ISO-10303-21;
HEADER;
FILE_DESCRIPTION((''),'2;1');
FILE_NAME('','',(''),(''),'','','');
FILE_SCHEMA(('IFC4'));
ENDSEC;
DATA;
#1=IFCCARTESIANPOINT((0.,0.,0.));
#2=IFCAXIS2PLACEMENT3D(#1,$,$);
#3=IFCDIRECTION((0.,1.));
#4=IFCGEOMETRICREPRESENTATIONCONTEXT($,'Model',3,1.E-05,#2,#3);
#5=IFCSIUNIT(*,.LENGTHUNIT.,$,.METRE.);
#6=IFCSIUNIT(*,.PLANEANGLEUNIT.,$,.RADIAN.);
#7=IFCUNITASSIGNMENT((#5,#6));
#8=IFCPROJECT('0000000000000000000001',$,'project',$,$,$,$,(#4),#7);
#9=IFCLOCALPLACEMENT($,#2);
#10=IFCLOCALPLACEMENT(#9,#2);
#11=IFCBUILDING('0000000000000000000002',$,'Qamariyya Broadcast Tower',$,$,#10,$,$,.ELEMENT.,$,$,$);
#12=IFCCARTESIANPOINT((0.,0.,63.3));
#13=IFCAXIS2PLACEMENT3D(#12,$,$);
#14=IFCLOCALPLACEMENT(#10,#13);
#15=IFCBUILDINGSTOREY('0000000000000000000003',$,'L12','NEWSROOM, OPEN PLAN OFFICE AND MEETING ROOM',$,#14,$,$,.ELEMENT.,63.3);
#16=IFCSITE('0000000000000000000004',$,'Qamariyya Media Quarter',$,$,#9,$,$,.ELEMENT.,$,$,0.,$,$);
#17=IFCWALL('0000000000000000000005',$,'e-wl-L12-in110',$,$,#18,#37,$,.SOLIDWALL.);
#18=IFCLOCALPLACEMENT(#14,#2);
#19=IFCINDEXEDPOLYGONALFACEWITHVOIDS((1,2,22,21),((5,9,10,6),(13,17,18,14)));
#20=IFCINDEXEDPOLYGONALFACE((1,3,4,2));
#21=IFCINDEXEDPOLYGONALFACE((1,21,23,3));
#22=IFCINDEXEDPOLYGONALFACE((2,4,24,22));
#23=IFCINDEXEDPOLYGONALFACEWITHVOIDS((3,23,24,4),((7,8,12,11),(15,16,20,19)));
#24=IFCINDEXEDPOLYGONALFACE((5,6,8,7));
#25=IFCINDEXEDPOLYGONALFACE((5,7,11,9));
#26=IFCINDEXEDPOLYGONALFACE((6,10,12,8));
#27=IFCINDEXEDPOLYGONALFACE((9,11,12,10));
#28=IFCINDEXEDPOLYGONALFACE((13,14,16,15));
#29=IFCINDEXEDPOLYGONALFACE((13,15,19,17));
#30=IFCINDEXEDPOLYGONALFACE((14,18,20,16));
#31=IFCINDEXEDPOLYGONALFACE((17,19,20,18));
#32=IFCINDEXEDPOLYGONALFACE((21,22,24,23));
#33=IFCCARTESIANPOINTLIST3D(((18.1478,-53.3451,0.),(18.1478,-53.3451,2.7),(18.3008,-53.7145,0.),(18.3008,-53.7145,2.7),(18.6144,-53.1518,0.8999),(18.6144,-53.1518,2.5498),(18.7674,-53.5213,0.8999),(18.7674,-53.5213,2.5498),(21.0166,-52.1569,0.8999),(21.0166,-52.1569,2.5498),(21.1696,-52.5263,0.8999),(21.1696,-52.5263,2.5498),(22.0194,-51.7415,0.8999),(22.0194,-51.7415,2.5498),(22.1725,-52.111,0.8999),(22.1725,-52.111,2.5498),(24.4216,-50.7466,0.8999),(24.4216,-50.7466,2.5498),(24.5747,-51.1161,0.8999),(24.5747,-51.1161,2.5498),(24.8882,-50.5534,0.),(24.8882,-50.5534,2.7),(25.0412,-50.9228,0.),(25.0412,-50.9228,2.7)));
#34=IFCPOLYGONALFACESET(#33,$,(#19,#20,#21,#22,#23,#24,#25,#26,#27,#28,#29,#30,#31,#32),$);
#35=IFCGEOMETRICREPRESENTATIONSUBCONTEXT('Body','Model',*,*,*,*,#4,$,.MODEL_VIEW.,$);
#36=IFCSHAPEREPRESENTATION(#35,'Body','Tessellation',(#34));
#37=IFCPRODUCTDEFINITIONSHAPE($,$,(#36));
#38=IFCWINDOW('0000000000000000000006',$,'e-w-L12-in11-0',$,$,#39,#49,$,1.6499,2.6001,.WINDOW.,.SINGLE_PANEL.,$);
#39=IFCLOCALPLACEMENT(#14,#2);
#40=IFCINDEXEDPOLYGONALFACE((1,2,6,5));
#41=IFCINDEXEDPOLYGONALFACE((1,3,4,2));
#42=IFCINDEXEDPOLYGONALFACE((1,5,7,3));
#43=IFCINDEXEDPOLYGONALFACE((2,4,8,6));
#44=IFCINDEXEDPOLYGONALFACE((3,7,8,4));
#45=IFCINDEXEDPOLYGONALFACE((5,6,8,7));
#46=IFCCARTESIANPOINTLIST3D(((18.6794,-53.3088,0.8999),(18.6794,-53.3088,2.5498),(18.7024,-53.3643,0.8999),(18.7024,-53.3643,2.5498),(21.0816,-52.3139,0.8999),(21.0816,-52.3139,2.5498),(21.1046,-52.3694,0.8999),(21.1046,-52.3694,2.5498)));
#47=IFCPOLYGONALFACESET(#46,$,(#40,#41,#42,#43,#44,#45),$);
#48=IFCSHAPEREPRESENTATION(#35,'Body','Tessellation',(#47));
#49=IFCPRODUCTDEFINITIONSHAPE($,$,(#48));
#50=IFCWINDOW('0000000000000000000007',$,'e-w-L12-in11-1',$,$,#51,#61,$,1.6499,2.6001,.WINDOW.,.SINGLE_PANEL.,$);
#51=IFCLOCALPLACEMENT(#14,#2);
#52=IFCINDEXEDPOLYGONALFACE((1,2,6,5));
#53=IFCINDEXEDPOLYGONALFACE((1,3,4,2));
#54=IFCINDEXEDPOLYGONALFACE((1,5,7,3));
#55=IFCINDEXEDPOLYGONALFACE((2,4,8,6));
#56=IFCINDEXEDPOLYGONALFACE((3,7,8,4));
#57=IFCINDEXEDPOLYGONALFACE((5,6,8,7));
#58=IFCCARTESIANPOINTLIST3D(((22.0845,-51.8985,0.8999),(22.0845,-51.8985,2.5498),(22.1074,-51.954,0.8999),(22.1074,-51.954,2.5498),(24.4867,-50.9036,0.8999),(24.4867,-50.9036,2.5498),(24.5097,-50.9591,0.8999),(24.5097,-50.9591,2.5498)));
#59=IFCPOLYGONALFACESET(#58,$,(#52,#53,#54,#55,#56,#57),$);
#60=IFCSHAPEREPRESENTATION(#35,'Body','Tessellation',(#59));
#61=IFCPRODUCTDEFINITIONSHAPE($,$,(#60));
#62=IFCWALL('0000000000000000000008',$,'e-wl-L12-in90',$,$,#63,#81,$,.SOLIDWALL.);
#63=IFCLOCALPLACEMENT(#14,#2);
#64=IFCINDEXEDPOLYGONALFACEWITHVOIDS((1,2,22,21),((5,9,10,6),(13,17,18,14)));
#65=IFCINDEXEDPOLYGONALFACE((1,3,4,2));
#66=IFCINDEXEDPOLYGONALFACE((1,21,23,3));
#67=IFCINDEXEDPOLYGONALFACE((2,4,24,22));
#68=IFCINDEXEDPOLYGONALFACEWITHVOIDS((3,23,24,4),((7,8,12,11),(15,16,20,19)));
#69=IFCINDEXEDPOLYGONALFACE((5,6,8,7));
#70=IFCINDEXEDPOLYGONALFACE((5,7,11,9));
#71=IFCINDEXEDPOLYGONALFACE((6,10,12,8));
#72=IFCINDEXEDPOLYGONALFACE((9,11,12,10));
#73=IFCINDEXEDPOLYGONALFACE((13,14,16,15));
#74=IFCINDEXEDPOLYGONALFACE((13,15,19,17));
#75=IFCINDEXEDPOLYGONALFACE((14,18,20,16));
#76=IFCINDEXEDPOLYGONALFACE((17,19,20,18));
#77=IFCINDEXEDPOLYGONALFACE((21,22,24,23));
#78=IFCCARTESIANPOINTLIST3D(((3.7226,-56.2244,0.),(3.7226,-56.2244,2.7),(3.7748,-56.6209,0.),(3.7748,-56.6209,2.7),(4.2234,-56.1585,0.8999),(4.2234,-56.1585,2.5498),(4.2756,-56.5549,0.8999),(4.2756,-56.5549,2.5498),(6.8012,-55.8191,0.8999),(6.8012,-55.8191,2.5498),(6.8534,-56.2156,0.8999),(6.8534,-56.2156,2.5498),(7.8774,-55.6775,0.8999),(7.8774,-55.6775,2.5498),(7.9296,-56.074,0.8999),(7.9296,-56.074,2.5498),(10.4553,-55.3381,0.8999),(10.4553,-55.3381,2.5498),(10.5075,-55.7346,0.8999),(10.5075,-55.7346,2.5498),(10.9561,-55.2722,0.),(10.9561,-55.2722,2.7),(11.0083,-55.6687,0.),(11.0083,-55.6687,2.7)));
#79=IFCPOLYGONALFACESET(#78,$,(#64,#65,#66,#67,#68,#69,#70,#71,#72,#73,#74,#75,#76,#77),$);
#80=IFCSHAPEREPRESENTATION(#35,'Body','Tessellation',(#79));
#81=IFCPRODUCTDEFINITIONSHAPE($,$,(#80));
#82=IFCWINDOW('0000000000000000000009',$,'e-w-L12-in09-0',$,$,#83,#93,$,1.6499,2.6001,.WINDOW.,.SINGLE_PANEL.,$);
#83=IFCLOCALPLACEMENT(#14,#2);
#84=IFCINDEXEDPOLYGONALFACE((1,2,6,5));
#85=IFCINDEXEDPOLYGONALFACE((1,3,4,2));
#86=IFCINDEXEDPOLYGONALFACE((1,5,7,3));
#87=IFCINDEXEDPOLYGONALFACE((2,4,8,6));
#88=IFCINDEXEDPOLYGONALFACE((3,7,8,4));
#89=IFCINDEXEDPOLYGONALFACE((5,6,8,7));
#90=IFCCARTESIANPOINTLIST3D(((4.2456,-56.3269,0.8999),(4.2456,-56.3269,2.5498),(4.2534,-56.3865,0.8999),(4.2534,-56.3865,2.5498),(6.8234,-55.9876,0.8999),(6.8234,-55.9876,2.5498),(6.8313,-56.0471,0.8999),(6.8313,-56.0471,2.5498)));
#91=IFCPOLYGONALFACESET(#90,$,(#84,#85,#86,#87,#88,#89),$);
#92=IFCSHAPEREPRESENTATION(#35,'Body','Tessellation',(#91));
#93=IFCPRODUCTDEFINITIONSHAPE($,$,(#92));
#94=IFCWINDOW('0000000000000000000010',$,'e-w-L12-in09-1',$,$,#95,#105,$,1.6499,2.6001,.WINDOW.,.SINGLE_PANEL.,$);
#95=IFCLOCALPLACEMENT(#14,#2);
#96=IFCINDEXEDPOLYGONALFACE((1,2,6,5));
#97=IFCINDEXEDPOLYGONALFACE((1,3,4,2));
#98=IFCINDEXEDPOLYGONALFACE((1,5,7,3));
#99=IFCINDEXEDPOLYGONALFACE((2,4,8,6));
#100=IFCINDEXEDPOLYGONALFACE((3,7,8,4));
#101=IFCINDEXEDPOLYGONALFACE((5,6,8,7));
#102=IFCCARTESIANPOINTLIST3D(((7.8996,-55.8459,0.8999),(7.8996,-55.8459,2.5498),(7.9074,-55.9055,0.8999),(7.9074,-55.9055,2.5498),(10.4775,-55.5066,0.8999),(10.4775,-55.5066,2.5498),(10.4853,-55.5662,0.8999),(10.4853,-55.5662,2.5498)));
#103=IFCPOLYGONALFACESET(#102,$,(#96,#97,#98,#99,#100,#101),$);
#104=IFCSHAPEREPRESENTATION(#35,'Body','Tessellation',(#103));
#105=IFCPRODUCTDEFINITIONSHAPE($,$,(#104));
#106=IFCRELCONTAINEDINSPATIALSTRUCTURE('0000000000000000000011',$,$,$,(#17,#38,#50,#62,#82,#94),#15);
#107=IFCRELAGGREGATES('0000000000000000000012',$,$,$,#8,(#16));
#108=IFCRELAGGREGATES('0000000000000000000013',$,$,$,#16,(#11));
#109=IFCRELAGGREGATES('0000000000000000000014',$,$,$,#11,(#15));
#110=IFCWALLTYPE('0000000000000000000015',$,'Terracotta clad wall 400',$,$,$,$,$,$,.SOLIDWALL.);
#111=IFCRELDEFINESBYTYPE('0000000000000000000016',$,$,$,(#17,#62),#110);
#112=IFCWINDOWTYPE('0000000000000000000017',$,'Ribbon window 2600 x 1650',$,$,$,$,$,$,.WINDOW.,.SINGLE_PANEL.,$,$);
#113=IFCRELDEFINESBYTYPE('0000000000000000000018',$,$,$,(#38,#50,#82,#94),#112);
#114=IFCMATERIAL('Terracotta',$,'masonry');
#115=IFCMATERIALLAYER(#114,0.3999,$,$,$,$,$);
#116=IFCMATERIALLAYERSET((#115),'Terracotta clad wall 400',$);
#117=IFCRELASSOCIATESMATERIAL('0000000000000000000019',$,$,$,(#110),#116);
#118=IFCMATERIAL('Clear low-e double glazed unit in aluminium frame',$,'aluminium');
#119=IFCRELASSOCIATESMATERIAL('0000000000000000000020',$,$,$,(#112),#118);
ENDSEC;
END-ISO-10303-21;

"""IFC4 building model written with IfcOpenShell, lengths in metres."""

from ifc_helpers import new_model, si_unit, direction, frame, frame_2d, origin, place, context, subcontext, project, spatial, rectangle, extrude, material, layer, layer_set, type_object, element, fill, save


model = new_model("IFC4")

# Units and contexts
model_context = context("Model", 3, precision=1e-05, world=origin(), true_north=direction((0.0, 1.0)))
body_context = subcontext(model_context, "Body", "Model", "MODEL_VIEW")
ifc_project = project(units=[si_unit("LENGTHUNIT", "METRE"), si_unit("PLANEANGLEUNIT", "RADIAN")], contexts=[model_context])

# Site, building, storey
site_placement = place(None, origin())
site = spatial("IfcSite", under=ifc_project, at=site_placement, Name="Qamariyya Media Quarter", CompositionType="ELEMENT", RefElevation=0.0)
building_placement = place(site_placement, origin())
building = spatial("IfcBuilding", under=site, at=building_placement, Name="Qamariyya Broadcast Tower", CompositionType="ELEMENT")
storey_placement = place(building_placement, frame((0.0, 0.0, 63.3)))
storey = spatial("IfcBuildingStorey", under=building, at=storey_placement, Name="L12", Description="NEWSROOM, OPEN PLAN OFFICE AND MEETING ROOM", CompositionType="ELEMENT", Elevation=63.3)

# Walls, openings, windows
ifc_material_1 = material(Name="Terracotta", Category="masonry")
ifc_layer_1 = layer(ifc_material_1, 0.3999)
ifc_layer_set_1 = layer_set([ifc_layer_1], Name="Terracotta clad wall 400")
wall_type_1 = type_object("IfcWallType", Name="Terracotta clad wall 400", PredefinedType="SOLIDWALL", material=ifc_layer_set_1)
ifc_material_2 = material(Name="Clear low-e double glazed unit in aluminium frame", Category="aluminium")
window_type = type_object("IfcWindowType", Name="Ribbon window 2600 x 1650", PartitioningType="SINGLE_PANEL", PredefinedType="WINDOW", material=ifc_material_2)
wall_1_placement = place(storey_placement, frame((24.9648, -50.738, 0.0), z_axis=(0.0, 0.0, 1.0), x_axis=(-0.923892, -0.382654, 0.0)))
wall_1 = element("IfcWall", 1, at=wall_1_placement, inside=storey, type_object=wall_type_1, Name="e-wl-L12-in110", PredefinedType="SOLIDWALL", context=body_context, shape_type="SweptSolid", body=[
    extrude(rectangle(XDim=7.2957, YDim=0.3999, at=frame_2d((3.6479, 0.0))), origin(), (0.0, 0.0, 1.0), 2.7),
])
opening_1_placement = place(wall_1_placement, frame((4.1907, 0.0, 0.8999)))
opening_1 = element("IfcOpeningElement", 2, at=opening_1_placement, cuts=wall_1, PredefinedType="OPENING", context=body_context, shape_type="SweptSolid", body=[
    extrude(rectangle(XDim=2.6001, YDim=1.6499, at=frame_2d((1.3, 0.825))), frame((0.0, 0.21, 0.0), z_axis=(0.0, -1.0, 0.0), x_axis=(1.0, 0.0, 0.0)), (0.0, 0.0, 1.0), 0.4199),
])
opening_2_placement = place(wall_1_placement, frame((0.5051, 0.0, 0.8999)))
opening_2 = element("IfcOpeningElement", 3, at=opening_2_placement, cuts=wall_1, PredefinedType="OPENING", context=body_context, shape_type="SweptSolid", body=[
    extrude(rectangle(XDim=2.6001, YDim=1.6499, at=frame_2d((1.3, 0.825))), frame((0.0, 0.21, 0.0), z_axis=(0.0, -1.0, 0.0), x_axis=(1.0, 0.0, 0.0)), (0.0, 0.0, 1.0), 0.4199),
])
window_1_placement = place(opening_1_placement, origin())
window_1 = element("IfcWindow", 4, at=window_1_placement, inside=storey, type_object=window_type, Name="e-w-L12-in11-0", OverallHeight=1.6499, OverallWidth=2.6001, PartitioningType="SINGLE_PANEL", PredefinedType="WINDOW", context=body_context, shape_type="SweptSolid", body=[
    extrude(rectangle(XDim=2.6001, YDim=1.6499, at=frame_2d((1.3, 0.825))), frame((0.0, 0.03, 0.0), z_axis=(0.0, -1.0, 0.0), x_axis=(1.0, 0.0, 0.0)), (0.0, 0.0, 1.0), 0.0601),
])
fill(opening_1, window_1)
window_2_placement = place(opening_2_placement, origin())
window_2 = element("IfcWindow", 5, at=window_2_placement, inside=storey, type_object=window_type, Name="e-w-L12-in11-1", OverallHeight=1.6499, OverallWidth=2.6001, PartitioningType="SINGLE_PANEL", PredefinedType="WINDOW", context=body_context, shape_type="SweptSolid", body=[
    extrude(rectangle(XDim=2.6001, YDim=1.6499, at=frame_2d((1.3, 0.825))), frame((0.0, 0.03, 0.0), z_axis=(0.0, -1.0, 0.0), x_axis=(1.0, 0.0, 0.0)), (0.0, 0.0, 1.0), 0.0601),
])
fill(opening_2, window_2)
wall_2_placement = place(storey_placement, frame((10.9822, -55.4705, 0.0), z_axis=(0.0, 0.0, 1.0), x_axis=(-0.991447, -0.130506, 0.0)))
wall_2 = element("IfcWall", 6, at=wall_2_placement, inside=storey, type_object=wall_type_1, Name="e-wl-L12-in90", PredefinedType="SOLIDWALL", context=body_context, shape_type="SweptSolid", body=[
    extrude(rectangle(XDim=7.2959, YDim=0.3999, at=frame_2d((3.6479, 0.0))), origin(), (0.0, 0.0, 1.0), 2.7),
])
opening_3_placement = place(wall_2_placement, frame((4.1907, 0.0, 0.8999)))
opening_3 = element("IfcOpeningElement", 7, at=opening_3_placement, cuts=wall_2, PredefinedType="OPENING", context=body_context, shape_type="SweptSolid", body=[
    extrude(rectangle(XDim=2.6001, YDim=1.6499, at=frame_2d((1.3, 0.825))), frame((0.0, 0.21, 0.0), z_axis=(0.0, -1.0, 0.0), x_axis=(1.0, 0.0, 0.0)), (0.0, 0.0, 1.0), 0.4199),
])
opening_4_placement = place(wall_2_placement, frame((0.5051, 0.0, 0.8999)))
opening_4 = element("IfcOpeningElement", 8, at=opening_4_placement, cuts=wall_2, PredefinedType="OPENING", context=body_context, shape_type="SweptSolid", body=[
    extrude(rectangle(XDim=2.6001, YDim=1.6499, at=frame_2d((1.3, 0.825))), frame((0.0, 0.21, 0.0), z_axis=(0.0, -1.0, 0.0), x_axis=(1.0, 0.0, 0.0)), (0.0, 0.0, 1.0), 0.4199),
])
window_3_placement = place(opening_3_placement, origin())
window_3 = element("IfcWindow", 9, at=window_3_placement, inside=storey, type_object=window_type, Name="e-w-L12-in09-0", OverallHeight=1.6499, OverallWidth=2.6001, PartitioningType="SINGLE_PANEL", PredefinedType="WINDOW", context=body_context, shape_type="SweptSolid", body=[
    extrude(rectangle(XDim=2.6001, YDim=1.6499, at=frame_2d((1.3, 0.825))), frame((0.0, 0.03, 0.0), z_axis=(0.0, -1.0, 0.0), x_axis=(1.0, 0.0, 0.0)), (0.0, 0.0, 1.0), 0.0601),
])
fill(opening_3, window_3)
window_4_placement = place(opening_4_placement, origin())
window_4 = element("IfcWindow", 10, at=window_4_placement, inside=storey, type_object=window_type, Name="e-w-L12-in09-1", OverallHeight=1.6499, OverallWidth=2.6001, PartitioningType="SINGLE_PANEL", PredefinedType="WINDOW", context=body_context, shape_type="SweptSolid", body=[
    extrude(rectangle(XDim=2.6001, YDim=1.6499, at=frame_2d((1.3, 0.825))), frame((0.0, 0.03, 0.0), z_axis=(0.0, -1.0, 0.0), x_axis=(1.0, 0.0, 0.0)), (0.0, 0.0, 1.0), 0.0601),
])
fill(opening_4, window_4)

save(model, "model.ifc")
